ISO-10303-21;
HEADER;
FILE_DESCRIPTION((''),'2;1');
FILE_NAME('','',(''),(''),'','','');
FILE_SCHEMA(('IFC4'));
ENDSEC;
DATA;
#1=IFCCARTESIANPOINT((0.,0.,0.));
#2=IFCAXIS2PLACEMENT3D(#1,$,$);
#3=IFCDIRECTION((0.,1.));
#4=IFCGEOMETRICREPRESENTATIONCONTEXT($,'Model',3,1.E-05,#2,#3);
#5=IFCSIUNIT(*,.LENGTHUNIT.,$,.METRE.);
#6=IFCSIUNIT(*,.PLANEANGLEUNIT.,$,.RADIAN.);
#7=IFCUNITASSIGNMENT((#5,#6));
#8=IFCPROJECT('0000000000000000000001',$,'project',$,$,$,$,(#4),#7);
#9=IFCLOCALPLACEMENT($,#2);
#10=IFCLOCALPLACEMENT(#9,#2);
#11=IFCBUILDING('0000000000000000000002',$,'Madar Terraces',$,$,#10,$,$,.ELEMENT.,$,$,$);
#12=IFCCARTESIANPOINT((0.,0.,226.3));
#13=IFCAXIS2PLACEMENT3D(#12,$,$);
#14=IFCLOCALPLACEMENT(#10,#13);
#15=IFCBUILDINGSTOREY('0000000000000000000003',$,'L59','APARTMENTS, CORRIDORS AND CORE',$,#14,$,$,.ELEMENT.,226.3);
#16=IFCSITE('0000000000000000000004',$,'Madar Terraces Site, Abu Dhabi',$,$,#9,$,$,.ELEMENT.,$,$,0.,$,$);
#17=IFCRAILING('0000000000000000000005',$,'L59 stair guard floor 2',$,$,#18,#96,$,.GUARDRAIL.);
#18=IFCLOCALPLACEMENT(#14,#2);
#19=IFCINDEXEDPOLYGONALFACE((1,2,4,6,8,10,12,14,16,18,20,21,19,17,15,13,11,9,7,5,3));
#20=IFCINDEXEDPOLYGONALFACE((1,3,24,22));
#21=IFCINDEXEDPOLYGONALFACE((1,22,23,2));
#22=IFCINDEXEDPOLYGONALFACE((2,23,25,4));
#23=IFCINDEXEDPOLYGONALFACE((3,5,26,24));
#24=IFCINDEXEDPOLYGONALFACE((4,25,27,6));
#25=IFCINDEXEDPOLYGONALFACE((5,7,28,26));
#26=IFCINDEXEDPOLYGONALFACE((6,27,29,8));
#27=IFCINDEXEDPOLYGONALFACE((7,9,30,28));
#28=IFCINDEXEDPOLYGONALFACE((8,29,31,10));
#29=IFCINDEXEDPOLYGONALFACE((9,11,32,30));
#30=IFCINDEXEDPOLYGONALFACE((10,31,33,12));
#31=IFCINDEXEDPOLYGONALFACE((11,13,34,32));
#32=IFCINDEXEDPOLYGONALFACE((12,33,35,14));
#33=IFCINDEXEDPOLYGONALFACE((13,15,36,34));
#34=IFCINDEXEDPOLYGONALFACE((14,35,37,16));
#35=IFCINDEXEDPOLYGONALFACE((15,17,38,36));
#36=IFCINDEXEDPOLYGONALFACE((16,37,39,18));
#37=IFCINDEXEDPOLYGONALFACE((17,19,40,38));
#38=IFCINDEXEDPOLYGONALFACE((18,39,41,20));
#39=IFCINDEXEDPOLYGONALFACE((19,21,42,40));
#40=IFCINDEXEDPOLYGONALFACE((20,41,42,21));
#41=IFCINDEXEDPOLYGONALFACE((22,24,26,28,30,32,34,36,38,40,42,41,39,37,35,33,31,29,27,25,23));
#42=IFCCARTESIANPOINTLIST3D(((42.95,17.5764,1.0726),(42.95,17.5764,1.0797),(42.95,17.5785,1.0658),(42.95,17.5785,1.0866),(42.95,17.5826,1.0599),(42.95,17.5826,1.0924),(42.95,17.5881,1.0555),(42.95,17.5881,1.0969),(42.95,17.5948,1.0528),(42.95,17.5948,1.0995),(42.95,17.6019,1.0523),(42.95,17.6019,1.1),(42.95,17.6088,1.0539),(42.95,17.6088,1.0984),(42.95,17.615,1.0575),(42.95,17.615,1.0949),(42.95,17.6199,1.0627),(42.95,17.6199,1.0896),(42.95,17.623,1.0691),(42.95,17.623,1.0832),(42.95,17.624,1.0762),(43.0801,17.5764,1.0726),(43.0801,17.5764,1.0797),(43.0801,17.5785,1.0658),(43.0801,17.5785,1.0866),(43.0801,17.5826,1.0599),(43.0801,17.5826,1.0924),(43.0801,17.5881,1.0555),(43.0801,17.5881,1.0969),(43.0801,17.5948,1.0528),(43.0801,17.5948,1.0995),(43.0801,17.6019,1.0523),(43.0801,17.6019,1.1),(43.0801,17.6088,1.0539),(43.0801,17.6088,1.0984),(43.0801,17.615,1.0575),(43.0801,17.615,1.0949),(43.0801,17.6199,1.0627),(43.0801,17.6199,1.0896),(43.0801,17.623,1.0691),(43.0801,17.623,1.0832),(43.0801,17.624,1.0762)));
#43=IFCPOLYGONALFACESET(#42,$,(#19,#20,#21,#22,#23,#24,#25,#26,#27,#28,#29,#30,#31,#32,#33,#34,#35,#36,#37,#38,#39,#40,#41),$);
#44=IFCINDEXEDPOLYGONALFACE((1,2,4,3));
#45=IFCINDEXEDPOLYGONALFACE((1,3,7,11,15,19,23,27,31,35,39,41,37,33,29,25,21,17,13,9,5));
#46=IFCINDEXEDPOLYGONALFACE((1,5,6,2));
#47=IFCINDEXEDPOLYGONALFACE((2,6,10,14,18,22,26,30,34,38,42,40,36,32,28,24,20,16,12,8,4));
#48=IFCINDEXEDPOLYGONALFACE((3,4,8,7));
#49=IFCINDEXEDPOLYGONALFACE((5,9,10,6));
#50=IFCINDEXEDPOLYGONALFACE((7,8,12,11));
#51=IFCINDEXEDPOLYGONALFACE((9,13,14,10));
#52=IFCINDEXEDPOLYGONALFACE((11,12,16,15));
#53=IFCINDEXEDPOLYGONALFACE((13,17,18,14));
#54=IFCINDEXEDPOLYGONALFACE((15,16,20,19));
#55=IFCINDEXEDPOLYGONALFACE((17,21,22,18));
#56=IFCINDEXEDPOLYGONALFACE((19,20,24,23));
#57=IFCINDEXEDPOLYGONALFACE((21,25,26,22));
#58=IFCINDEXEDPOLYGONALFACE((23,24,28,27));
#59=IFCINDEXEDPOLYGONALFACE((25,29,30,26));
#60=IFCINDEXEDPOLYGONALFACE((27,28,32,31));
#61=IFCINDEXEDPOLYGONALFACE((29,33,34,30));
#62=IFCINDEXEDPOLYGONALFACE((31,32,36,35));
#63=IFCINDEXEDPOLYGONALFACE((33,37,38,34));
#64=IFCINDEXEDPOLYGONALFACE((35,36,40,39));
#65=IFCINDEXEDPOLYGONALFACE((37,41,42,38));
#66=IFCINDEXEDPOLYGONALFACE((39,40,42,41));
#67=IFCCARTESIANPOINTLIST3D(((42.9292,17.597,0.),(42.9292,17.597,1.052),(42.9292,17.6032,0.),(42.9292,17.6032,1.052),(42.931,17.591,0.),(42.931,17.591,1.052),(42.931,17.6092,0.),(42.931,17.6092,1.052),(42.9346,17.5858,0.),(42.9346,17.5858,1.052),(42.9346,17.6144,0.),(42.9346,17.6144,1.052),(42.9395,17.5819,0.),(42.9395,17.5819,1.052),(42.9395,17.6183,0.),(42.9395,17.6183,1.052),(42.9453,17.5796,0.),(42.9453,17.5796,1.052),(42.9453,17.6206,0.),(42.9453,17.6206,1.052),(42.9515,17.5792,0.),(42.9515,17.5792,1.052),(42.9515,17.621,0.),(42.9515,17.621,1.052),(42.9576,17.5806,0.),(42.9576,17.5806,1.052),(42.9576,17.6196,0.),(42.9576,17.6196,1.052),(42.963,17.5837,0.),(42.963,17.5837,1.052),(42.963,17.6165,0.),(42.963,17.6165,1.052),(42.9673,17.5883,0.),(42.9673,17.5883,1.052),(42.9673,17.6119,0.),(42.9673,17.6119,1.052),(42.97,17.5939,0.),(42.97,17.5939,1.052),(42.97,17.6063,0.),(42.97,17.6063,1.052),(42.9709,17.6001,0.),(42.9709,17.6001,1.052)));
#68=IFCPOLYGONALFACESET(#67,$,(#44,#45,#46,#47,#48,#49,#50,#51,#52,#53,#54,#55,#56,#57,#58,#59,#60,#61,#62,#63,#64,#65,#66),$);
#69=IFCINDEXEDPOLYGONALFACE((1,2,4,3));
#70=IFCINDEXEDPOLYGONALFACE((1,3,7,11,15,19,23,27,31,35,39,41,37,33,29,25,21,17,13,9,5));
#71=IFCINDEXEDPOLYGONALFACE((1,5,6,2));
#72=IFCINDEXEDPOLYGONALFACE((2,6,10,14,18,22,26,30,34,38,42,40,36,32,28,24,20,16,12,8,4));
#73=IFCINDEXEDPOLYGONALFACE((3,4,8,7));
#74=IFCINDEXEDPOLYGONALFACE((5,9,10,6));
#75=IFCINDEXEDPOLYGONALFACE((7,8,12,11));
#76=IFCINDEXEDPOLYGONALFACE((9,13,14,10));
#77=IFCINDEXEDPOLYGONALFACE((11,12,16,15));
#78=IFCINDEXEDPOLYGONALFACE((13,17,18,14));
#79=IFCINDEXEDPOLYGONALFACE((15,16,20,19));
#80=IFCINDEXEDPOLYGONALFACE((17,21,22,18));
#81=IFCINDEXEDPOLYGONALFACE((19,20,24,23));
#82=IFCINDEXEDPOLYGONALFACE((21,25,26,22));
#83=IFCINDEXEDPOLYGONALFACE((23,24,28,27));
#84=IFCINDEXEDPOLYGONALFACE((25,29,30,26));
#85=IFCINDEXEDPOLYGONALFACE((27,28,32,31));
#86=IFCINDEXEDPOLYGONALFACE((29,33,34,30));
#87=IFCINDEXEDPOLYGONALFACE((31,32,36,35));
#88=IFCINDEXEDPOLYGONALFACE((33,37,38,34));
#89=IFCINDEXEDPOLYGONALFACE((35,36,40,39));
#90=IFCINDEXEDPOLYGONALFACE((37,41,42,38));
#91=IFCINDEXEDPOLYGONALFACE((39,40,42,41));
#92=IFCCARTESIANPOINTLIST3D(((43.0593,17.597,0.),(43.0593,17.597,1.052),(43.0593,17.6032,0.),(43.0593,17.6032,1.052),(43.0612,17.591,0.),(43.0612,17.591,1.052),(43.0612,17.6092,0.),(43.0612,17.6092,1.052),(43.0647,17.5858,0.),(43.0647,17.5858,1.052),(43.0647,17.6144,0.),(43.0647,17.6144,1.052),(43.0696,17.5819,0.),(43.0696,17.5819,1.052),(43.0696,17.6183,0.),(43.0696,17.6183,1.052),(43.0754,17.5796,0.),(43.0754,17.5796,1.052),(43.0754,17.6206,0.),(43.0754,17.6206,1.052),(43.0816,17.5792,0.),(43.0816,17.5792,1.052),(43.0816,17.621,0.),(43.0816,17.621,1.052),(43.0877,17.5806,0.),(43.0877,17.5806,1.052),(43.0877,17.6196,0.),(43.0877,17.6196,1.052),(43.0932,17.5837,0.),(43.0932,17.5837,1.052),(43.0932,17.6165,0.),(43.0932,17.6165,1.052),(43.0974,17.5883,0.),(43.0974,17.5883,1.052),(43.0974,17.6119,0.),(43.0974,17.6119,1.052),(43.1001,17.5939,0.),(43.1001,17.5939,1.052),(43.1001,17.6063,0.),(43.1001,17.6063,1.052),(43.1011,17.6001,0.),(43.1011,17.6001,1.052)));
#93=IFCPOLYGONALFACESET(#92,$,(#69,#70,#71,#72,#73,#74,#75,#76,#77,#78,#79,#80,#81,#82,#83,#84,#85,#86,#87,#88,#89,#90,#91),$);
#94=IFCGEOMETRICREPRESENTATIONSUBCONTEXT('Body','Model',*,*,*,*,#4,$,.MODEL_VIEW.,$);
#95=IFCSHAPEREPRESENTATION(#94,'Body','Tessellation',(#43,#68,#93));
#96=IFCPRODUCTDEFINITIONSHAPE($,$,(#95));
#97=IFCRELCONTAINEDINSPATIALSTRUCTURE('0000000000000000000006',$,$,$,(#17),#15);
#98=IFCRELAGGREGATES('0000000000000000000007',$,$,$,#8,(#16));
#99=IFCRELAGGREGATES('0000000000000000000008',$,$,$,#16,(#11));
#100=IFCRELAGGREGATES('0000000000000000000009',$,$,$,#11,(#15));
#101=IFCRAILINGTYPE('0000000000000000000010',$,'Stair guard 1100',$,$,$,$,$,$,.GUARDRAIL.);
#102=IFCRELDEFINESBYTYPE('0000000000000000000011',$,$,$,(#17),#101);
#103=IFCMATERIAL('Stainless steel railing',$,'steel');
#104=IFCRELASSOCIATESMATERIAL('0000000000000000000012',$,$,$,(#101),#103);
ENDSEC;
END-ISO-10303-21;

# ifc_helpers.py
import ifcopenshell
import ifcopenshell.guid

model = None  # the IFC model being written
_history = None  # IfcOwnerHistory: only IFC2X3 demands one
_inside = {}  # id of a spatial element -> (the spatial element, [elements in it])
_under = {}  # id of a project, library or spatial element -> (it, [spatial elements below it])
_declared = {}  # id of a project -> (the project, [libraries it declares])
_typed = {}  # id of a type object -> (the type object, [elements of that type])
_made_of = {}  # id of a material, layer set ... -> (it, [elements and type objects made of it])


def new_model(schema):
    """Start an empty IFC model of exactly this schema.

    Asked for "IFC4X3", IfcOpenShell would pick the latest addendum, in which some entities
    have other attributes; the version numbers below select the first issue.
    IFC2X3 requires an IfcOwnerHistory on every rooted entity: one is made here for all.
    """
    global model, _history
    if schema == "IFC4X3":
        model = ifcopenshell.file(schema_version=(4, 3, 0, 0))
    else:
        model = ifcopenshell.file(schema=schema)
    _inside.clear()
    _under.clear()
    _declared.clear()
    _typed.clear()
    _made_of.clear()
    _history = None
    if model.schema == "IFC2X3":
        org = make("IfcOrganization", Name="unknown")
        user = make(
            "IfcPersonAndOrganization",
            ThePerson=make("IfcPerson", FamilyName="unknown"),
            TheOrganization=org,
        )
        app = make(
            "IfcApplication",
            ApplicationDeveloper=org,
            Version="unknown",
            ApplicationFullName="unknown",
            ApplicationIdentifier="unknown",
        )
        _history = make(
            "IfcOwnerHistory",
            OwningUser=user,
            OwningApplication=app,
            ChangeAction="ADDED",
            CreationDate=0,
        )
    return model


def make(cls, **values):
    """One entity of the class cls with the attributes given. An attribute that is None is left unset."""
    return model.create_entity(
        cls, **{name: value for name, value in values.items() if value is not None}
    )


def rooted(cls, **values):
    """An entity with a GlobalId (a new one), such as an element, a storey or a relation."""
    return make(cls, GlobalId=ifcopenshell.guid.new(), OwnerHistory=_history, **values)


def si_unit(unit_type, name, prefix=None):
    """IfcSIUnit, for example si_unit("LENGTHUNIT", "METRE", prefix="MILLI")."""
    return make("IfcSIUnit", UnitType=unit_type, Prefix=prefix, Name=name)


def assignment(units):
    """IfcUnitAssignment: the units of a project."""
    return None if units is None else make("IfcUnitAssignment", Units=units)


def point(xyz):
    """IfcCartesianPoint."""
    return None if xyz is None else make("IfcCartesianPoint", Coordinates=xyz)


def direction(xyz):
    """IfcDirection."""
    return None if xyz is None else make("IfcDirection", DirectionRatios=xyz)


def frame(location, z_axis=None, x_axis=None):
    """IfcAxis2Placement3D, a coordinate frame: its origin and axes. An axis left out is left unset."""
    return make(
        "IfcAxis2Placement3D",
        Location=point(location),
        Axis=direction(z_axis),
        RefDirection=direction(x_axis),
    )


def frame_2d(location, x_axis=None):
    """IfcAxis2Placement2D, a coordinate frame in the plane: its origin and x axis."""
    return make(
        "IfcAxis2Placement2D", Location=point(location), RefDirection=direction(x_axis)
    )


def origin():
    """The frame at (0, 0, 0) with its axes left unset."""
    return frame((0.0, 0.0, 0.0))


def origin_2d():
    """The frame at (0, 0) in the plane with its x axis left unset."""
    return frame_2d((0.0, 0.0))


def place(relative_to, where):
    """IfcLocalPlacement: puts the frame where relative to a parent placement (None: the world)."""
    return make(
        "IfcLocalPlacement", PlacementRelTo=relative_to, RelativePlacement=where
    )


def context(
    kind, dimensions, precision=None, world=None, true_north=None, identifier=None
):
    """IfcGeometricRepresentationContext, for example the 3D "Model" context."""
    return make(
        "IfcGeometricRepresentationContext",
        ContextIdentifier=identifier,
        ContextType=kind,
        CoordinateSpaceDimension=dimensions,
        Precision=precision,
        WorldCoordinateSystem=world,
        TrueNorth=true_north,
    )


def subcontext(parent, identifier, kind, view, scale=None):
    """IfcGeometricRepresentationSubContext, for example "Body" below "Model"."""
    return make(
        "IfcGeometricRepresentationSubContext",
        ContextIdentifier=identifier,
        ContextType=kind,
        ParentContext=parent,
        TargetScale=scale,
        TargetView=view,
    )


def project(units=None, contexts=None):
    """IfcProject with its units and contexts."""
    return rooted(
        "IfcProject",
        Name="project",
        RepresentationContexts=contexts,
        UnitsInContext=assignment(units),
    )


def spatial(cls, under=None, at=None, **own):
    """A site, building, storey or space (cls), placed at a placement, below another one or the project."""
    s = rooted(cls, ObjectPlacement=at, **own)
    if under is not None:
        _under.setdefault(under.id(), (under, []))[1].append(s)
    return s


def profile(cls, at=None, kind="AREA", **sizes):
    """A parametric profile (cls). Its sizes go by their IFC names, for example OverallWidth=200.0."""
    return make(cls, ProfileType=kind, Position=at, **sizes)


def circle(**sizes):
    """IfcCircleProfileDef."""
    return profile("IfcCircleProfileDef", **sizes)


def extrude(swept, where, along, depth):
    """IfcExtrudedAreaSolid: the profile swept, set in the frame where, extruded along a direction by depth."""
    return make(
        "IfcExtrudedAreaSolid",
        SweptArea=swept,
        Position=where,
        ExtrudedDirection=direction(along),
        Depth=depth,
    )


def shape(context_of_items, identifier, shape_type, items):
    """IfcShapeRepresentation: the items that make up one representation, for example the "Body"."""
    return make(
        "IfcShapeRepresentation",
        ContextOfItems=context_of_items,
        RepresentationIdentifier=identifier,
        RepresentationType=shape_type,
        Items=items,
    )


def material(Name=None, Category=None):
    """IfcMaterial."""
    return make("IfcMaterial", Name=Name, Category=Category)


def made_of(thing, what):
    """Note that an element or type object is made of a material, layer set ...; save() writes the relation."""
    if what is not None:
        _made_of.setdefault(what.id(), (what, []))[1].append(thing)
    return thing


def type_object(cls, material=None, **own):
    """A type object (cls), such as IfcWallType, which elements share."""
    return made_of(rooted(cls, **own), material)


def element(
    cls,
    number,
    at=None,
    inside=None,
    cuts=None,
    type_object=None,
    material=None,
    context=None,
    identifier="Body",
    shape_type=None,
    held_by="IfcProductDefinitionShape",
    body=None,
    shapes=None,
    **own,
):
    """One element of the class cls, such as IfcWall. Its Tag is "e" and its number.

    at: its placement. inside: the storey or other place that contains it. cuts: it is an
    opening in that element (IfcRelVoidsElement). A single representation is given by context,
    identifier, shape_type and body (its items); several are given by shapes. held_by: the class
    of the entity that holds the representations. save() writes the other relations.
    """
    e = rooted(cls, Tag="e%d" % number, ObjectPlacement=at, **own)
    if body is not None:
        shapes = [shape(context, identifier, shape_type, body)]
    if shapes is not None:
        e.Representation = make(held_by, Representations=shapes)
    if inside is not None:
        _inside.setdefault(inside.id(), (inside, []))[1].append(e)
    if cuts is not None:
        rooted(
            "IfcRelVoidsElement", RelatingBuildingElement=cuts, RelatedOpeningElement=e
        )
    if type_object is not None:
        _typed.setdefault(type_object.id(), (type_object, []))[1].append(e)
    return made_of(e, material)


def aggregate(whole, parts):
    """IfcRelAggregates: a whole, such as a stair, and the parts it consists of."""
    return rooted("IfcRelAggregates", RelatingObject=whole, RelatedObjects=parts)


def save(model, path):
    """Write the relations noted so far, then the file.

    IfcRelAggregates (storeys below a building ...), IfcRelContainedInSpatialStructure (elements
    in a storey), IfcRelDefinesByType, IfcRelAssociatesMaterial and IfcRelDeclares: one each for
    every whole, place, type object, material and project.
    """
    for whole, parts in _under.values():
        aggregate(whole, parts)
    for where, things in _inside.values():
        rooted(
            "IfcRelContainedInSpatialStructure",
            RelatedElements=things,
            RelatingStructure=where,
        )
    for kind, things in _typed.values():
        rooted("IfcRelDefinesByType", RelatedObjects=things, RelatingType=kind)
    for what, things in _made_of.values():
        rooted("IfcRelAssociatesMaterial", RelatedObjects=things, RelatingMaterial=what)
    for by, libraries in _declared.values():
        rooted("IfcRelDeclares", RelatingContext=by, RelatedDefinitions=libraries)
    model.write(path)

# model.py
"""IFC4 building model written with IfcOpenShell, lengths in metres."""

from ifc_helpers import new_model, si_unit, direction, frame, origin, origin_2d, place, context, subcontext, project, spatial, circle, extrude, material, type_object, element, save


model = new_model("IFC4")

# Units and contexts
model_context = context("Model", 3, precision=1e-05, world=origin(), true_north=direction((0.0, 1.0)))
body_context = subcontext(model_context, "Body", "Model", "MODEL_VIEW")
ifc_project = project(units=[si_unit("LENGTHUNIT", "METRE"), si_unit("PLANEANGLEUNIT", "RADIAN")], contexts=[model_context])

# Site, building, storey
site_placement = place(None, origin())
site = spatial("IfcSite", under=ifc_project, at=site_placement, Name="Madar Terraces Site, Abu Dhabi", CompositionType="ELEMENT", RefElevation=0.0)
building_placement = place(site_placement, origin())
building = spatial("IfcBuilding", under=site, at=building_placement, Name="Madar Terraces", CompositionType="ELEMENT")
storey_placement = place(building_placement, frame((0.0, 0.0, 226.3)))
storey = spatial("IfcBuildingStorey", under=building, at=storey_placement, Name="L59", Description="APARTMENTS, CORRIDORS AND CORE", CompositionType="ELEMENT", Elevation=226.3)

# Railing
ifc_material_1 = material(Name="Stainless steel railing", Category="steel")
railing_type_1 = type_object("IfcRailingType", Name="Stair guard 1100", PredefinedType="GUARDRAIL", material=ifc_material_1)
railing_1_placement = place(storey_placement, frame((42.95, 17.6001, 0.0)))
element("IfcRailing", 1, at=railing_1_placement, inside=storey, type_object=railing_type_1, Name="L59 stair guard floor 2", PredefinedType="GUARDRAIL", context=body_context, shape_type="SweptSolid", body=[
    extrude(circle(Radius=0.0239, at=origin_2d()), frame((0.0, 0.0, 1.0762), z_axis=(1.0, 0.0, 0.0), x_axis=(0.0, 1.0, 0.0)), (0.0, 0.0, 1.0), 0.1301),
    extrude(circle(Radius=0.021, at=origin_2d()), origin(), (0.0, 0.0, 1.0), 1.052),
    extrude(circle(Radius=0.021, at=origin_2d()), frame((0.1301, 0.0, 0.0)), (0.0, 0.0, 1.0), 1.052),
])

save(model, "model.ifc")
